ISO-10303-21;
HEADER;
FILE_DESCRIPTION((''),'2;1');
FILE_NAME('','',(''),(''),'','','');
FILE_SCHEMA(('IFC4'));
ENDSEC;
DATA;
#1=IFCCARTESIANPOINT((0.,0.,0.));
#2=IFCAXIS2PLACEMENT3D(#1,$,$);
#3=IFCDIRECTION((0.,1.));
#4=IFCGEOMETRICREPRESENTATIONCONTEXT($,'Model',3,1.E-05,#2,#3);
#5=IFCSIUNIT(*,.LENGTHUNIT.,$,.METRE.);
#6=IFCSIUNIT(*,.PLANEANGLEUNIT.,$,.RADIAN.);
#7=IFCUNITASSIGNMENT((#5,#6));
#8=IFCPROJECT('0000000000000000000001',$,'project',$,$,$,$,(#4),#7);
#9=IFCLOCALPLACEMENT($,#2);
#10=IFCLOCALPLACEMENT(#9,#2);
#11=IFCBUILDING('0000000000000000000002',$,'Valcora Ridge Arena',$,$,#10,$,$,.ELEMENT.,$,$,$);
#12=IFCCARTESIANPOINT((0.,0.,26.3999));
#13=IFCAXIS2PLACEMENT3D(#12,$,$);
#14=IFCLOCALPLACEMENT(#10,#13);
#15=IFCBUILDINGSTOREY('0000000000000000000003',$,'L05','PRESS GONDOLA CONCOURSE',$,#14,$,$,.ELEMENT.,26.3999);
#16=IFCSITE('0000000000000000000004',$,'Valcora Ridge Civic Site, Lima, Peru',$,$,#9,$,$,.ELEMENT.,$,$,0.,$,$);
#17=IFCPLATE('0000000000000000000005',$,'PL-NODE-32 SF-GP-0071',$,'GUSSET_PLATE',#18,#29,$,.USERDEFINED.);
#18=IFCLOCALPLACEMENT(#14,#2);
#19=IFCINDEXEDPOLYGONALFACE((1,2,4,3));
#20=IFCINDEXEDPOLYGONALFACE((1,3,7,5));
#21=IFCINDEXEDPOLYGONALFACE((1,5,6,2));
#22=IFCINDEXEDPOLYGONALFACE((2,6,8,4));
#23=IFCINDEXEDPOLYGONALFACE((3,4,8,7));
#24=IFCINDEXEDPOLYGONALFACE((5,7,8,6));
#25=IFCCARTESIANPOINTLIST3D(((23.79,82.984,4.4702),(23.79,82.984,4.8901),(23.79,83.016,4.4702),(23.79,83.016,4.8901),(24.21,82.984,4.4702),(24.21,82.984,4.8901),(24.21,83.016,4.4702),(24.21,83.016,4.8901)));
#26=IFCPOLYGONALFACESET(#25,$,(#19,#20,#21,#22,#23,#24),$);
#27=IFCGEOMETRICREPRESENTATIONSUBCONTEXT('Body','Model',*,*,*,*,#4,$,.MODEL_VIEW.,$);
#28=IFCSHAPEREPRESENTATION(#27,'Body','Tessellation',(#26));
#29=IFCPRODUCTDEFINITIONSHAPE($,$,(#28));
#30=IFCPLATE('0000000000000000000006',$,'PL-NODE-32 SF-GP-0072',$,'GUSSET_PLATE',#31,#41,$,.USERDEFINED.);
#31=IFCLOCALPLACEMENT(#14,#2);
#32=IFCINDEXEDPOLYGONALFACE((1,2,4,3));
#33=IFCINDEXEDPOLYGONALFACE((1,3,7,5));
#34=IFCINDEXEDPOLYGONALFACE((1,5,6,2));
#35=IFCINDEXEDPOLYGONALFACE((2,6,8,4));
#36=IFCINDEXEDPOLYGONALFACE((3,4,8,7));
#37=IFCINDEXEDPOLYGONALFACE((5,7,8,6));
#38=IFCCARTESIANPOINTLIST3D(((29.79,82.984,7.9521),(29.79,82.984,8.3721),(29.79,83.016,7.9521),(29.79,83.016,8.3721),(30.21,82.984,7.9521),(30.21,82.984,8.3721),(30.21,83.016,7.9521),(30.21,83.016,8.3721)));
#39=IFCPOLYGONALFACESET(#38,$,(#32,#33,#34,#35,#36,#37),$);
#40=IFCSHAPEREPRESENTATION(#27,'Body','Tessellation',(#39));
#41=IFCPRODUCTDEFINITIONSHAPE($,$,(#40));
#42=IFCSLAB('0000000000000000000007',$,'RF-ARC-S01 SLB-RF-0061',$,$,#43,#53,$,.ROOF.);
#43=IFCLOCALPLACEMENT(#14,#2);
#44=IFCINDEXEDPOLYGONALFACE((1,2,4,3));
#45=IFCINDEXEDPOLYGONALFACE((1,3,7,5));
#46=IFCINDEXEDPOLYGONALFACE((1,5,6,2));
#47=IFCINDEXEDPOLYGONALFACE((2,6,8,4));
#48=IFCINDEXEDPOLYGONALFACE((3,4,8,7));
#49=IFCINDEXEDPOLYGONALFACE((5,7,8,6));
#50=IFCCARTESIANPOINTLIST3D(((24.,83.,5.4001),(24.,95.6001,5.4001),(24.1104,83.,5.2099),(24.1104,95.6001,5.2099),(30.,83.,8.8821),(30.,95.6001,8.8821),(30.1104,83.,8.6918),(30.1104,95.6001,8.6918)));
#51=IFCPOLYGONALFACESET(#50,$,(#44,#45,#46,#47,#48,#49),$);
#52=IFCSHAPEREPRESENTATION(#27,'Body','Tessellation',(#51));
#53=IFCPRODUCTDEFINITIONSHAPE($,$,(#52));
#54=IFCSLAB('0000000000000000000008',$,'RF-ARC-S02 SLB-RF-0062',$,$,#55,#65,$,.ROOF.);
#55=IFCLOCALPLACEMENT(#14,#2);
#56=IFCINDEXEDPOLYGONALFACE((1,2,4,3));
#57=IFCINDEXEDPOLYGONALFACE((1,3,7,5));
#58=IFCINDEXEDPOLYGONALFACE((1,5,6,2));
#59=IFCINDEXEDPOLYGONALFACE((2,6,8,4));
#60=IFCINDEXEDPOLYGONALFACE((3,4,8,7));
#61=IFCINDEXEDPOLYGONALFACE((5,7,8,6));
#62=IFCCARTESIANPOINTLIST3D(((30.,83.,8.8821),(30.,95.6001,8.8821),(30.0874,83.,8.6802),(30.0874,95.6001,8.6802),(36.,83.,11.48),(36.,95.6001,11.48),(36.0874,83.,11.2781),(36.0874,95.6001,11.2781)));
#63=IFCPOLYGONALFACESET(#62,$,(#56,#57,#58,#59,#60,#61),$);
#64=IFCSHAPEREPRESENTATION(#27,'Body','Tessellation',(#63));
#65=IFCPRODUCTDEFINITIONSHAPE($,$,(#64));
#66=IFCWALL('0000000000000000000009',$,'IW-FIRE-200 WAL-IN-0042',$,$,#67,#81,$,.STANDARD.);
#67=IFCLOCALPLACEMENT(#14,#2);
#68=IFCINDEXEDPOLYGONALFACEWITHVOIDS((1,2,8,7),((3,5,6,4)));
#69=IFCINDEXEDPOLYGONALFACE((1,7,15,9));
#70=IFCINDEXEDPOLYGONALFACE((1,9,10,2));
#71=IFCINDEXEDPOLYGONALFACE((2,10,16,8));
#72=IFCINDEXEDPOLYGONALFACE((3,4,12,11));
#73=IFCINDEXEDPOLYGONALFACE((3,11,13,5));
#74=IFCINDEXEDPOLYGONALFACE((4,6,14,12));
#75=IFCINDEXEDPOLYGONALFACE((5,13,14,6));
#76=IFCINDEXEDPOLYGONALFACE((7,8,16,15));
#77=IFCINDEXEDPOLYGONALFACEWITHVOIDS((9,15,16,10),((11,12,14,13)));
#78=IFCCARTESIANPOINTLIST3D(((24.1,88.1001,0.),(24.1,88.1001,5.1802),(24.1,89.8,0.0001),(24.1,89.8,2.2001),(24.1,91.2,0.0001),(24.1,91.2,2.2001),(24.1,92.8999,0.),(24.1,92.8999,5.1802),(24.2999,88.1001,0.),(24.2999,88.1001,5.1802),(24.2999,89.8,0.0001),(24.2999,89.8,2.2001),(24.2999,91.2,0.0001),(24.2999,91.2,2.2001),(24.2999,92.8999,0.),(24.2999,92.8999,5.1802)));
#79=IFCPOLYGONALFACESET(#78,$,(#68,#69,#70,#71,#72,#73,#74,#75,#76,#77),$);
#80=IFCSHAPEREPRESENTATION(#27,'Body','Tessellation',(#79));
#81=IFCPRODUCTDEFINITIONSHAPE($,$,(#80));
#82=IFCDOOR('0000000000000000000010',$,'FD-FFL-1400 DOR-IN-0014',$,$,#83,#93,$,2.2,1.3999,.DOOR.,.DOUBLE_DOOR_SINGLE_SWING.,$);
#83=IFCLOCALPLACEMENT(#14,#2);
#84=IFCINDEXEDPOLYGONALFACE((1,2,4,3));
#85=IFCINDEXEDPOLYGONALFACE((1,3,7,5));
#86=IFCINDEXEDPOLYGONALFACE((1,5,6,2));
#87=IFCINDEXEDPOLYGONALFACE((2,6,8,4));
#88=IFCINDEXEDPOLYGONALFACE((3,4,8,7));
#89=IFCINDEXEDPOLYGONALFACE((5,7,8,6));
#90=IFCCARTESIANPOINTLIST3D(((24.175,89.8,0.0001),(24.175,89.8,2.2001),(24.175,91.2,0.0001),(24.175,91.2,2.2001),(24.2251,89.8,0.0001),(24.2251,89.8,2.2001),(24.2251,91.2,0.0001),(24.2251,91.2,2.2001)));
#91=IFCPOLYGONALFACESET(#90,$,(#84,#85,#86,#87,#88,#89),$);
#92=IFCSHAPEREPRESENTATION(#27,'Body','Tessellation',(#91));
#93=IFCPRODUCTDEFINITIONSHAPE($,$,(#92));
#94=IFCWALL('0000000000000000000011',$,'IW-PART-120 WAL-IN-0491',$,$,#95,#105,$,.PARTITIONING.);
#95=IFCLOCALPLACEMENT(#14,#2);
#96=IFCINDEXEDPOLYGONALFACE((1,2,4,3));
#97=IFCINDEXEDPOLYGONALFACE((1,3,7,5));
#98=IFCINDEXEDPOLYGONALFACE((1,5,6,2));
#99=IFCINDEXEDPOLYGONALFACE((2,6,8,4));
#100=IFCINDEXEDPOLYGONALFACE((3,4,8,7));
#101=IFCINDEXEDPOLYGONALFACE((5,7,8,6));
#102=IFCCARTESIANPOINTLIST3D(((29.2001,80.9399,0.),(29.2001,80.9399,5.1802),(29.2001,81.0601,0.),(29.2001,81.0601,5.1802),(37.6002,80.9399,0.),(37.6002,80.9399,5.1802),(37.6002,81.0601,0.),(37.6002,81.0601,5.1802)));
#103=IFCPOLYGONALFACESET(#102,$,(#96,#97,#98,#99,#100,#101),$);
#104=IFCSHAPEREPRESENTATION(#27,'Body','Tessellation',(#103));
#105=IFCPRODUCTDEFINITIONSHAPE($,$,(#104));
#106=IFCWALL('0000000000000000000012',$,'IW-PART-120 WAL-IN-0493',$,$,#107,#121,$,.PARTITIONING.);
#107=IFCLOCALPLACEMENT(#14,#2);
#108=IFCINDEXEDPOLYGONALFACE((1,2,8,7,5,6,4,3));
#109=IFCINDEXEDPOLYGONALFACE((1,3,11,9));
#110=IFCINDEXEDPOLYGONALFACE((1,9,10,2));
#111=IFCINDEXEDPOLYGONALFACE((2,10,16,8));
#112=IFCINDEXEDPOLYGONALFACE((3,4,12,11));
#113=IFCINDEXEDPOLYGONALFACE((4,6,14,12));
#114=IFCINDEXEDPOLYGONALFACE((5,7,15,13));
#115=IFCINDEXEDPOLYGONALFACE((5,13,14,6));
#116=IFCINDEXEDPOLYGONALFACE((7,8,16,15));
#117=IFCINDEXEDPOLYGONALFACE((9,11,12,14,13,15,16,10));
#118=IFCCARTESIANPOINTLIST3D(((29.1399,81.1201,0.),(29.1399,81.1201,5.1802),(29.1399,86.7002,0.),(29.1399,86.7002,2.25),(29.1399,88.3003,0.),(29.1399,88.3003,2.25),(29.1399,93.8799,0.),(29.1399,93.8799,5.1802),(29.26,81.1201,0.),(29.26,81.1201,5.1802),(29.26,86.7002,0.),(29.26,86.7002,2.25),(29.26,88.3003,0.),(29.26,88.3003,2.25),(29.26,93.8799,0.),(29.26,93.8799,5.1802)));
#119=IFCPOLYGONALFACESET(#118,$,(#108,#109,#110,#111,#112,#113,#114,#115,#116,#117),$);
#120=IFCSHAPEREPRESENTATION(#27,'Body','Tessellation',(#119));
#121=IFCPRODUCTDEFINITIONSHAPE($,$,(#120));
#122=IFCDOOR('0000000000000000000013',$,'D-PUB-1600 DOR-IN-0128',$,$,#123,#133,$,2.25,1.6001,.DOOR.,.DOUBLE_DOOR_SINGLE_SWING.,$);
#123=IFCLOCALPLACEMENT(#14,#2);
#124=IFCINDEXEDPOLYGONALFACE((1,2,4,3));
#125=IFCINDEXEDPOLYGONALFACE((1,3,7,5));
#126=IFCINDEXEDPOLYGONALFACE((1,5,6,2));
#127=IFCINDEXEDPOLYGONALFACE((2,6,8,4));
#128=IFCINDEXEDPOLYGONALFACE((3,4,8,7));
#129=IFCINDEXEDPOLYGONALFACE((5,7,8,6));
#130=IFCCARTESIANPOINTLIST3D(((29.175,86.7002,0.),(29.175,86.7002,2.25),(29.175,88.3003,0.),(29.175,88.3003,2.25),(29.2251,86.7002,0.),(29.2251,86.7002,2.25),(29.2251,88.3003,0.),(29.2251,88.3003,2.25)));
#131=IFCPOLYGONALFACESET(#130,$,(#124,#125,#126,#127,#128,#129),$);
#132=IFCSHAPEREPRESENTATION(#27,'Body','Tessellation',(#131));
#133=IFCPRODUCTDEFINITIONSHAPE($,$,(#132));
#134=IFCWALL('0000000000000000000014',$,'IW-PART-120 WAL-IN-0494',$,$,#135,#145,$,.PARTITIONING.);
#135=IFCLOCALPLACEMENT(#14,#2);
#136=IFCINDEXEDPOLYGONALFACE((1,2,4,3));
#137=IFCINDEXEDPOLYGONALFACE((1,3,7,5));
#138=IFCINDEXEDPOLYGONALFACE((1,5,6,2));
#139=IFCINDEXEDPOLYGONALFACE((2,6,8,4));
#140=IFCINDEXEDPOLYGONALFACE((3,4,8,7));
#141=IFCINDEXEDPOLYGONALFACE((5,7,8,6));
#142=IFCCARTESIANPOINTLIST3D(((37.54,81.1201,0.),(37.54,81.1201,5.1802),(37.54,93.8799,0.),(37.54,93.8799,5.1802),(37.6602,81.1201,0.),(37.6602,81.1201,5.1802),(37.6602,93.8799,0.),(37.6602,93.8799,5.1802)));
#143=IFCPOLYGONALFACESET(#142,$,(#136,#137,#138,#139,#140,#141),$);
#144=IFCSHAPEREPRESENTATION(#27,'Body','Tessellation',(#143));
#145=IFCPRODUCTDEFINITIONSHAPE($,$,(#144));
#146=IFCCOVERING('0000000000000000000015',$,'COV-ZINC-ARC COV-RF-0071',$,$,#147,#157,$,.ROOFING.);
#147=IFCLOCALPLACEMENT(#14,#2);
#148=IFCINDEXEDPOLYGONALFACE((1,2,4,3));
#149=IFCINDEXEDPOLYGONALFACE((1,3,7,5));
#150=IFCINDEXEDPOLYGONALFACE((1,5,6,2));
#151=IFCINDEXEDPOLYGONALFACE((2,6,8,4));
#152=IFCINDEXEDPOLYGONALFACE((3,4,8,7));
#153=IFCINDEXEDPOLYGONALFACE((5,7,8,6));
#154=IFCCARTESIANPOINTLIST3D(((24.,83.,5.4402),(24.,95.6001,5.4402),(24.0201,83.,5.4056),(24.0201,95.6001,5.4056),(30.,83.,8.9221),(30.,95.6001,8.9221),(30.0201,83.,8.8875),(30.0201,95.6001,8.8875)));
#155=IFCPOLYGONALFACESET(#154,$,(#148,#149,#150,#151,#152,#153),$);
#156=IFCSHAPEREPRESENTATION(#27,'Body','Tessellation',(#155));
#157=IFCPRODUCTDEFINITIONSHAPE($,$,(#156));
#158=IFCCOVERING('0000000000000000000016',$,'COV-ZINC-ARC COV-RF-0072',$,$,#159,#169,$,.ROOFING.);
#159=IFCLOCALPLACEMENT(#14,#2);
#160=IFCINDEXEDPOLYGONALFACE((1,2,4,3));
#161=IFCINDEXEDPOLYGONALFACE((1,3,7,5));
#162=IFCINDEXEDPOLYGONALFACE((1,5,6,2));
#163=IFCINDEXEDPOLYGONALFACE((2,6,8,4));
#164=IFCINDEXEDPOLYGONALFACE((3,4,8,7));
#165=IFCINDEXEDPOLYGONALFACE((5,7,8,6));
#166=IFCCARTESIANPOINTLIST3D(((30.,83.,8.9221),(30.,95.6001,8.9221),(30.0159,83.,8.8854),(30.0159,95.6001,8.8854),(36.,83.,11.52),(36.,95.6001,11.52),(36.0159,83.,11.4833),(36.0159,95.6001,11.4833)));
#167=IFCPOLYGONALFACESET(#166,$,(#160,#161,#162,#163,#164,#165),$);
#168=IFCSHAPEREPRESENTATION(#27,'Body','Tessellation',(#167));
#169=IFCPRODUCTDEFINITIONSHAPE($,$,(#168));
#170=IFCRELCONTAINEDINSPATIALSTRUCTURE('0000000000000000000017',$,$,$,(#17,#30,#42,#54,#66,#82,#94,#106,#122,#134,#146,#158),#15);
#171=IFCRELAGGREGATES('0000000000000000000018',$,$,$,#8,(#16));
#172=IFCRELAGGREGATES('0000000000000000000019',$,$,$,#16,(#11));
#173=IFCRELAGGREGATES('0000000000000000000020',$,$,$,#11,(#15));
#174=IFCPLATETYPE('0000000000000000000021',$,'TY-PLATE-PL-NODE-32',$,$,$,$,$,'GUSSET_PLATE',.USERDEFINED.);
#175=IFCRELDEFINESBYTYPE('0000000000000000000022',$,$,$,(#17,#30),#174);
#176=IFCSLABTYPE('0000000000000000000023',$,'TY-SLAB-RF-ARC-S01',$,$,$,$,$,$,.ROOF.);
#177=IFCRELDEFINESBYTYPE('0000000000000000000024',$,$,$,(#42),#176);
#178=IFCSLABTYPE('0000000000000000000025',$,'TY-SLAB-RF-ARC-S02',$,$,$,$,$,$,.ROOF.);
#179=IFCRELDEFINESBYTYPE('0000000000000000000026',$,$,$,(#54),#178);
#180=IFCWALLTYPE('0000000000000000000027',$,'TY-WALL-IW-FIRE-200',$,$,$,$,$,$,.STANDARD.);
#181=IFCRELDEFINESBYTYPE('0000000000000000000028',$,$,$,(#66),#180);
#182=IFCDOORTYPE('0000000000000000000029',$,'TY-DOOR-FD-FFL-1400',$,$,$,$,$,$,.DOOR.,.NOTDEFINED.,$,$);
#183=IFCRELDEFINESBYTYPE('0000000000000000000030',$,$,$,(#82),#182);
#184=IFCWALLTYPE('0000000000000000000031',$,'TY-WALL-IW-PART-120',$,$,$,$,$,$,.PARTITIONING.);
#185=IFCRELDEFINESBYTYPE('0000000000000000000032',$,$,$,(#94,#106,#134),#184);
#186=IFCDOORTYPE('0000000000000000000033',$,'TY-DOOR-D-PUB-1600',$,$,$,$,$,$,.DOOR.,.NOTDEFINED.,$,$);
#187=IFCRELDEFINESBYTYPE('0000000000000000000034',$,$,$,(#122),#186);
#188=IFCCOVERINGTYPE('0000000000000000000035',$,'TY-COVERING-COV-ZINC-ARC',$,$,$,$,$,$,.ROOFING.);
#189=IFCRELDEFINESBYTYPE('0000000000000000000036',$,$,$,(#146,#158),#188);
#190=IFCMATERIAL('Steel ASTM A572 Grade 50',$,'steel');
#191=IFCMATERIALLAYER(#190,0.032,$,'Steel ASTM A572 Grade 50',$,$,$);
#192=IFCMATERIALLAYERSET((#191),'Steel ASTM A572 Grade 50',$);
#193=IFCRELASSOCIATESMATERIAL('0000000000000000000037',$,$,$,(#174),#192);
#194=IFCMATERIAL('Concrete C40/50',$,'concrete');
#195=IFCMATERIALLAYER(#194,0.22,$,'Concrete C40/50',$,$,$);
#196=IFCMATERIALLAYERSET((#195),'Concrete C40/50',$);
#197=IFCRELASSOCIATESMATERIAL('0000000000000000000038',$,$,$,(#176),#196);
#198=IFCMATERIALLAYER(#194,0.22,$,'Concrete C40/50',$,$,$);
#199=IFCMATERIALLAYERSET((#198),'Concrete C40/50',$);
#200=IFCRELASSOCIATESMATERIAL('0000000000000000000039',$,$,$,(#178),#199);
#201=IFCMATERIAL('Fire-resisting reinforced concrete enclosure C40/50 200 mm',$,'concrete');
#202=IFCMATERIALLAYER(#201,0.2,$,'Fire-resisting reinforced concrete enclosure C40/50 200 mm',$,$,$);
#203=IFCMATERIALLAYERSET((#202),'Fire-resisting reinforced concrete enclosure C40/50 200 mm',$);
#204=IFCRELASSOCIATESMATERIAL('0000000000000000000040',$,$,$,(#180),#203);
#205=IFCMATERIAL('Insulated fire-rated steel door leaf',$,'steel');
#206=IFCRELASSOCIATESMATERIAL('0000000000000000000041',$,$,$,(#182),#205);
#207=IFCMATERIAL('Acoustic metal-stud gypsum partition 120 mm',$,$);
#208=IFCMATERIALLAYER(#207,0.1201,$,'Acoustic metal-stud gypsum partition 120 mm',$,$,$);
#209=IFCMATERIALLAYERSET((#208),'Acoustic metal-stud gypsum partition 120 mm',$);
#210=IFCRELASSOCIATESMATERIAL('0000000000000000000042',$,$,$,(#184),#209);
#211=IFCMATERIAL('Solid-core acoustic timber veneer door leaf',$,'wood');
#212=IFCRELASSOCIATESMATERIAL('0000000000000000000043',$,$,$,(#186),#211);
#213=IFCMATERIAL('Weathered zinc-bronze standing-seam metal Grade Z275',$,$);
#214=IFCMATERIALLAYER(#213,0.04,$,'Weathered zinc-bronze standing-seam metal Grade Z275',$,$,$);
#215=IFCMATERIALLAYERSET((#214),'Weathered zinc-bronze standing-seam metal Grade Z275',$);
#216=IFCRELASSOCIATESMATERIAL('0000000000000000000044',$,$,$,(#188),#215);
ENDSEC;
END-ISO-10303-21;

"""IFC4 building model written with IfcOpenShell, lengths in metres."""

from ifc_helpers import new_model, si_unit, direction, frame, frame_2d, origin, origin_2d, place, context, subcontext, project, spatial, polyline, rectangle, outline, extrude, material, layer, layer_set, type_object, element, fill, save


model = new_model("IFC4")

# Units and contexts
model_context = context("Model", 3, precision=1e-05, world=origin(), true_north=direction((0.0, 1.0)))
body_context = subcontext(model_context, "Body", "Model", "MODEL_VIEW")
ifc_project = project(units=[si_unit("LENGTHUNIT", "METRE"), si_unit("PLANEANGLEUNIT", "RADIAN")], contexts=[model_context])

# Site, building, storey
site_placement = place(None, origin())
site = spatial("IfcSite", under=ifc_project, at=site_placement, Name="Valcora Ridge Civic Site, Lima, Peru", CompositionType="ELEMENT", RefElevation=0.0)
building_placement = place(site_placement, origin())
building = spatial("IfcBuilding", under=site, at=building_placement, Name="Valcora Ridge Arena", CompositionType="ELEMENT")
storey_placement = place(building_placement, frame((0.0, 0.0, 26.3999)))
storey = spatial("IfcBuildingStorey", under=building, at=storey_placement, Name="L05", Description="PRESS GONDOLA CONCOURSE", CompositionType="ELEMENT", Elevation=26.3999)

# Shared definitions
ifc_material_1 = material(Name="Steel ASTM A572 Grade 50", Category="steel")

# Plates
ifc_layer_1 = layer(ifc_material_1, 0.032, Name="Steel ASTM A572 Grade 50")
ifc_layer_set_1 = layer_set([ifc_layer_1], Name="Steel ASTM A572 Grade 50")
plate_type_1 = type_object("IfcPlateType", Name="TY-PLATE-PL-NODE-32", ElementType="GUSSET_PLATE", PredefinedType="USERDEFINED", material=ifc_layer_set_1)
for number, where, z_axis, x_axis, name in (
    (1, (24.0, 83.0, 4.4702), (0.0, 0.0, 1.0), (1.0, 0.0, 0.0), "PL-NODE-32 SF-GP-0071"),
    (2, (30.0, 83.0, 7.9521), (0.0, 0.0, 1.0), (1.0, 0.0, 0.0), "PL-NODE-32 SF-GP-0072"),
):
    element("IfcPlate", number, at=place(storey_placement, frame(where, z_axis=z_axis, x_axis=x_axis)), inside=storey, type_object=plate_type_1, Name=name, ObjectType="GUSSET_PLATE", PredefinedType="USERDEFINED", context=body_context, shape_type="SweptSolid", body=[
        extrude(rectangle(XDim=0.4199, YDim=0.032, at=origin_2d()), origin(), (0.0, 0.0, 1.0), 0.4199),
    ])

# Slabs
ifc_material_2 = material(Name="Concrete C40/50", Category="concrete")
ifc_layer_2 = layer(ifc_material_2, 0.22, Name="Concrete C40/50")
ifc_layer_set_2 = layer_set([ifc_layer_2], Name="Concrete C40/50")
slab_type_1 = type_object("IfcSlabType", Name="TY-SLAB-RF-ARC-S01", PredefinedType="ROOF", material=ifc_layer_set_2)
slab_1_placement = place(storey_placement, frame((24.0, 83.0, 5.4001), z_axis=(-0.501927, 0.0, 0.86491), x_axis=(0.86491, 0.0, 0.501927)))
element("IfcSlab", 3, at=slab_1_placement, inside=storey, type_object=slab_type_1, Name="RF-ARC-S01 SLB-RF-0061", PredefinedType="ROOF", context=body_context, shape_type="SweptSolid", body=[
    extrude(outline(polyline([(0.0, 0.0), (6.9371, 0.0), (6.9371, 12.6001), (0.0, 12.6001), (0.0, 0.0)])), origin(), (0.0, 0.0, -1.0), 0.22),
])
ifc_layer_3 = layer(ifc_material_2, 0.22, Name="Concrete C40/50")
ifc_layer_set_3 = layer_set([ifc_layer_3], Name="Concrete C40/50")
slab_type_2 = type_object("IfcSlabType", Name="TY-SLAB-RF-ARC-S02", PredefinedType="ROOF", material=ifc_layer_set_3)
slab_2_placement = place(storey_placement, frame((30.0, 83.0, 8.8821), z_axis=(-0.397337, 0.0, 0.917673), x_axis=(0.917673, 0.0, 0.397337)))
element("IfcSlab", 4, at=slab_2_placement, inside=storey, type_object=slab_type_2, Name="RF-ARC-S02 SLB-RF-0062", PredefinedType="ROOF", context=body_context, shape_type="SweptSolid", body=[
    extrude(outline(polyline([(0.0, 0.0), (6.5383, 0.0), (6.5383, 12.6001), (0.0, 12.6001), (0.0, 0.0)])), origin(), (0.0, 0.0, -1.0), 0.22),
])

# Wall, opening, door
ifc_material_3 = material(Name="Fire-resisting reinforced concrete enclosure C40/50 200 mm", Category="concrete")
ifc_layer_4 = layer(ifc_material_3, 0.2, Name="Fire-resisting reinforced concrete enclosure C40/50 200 mm")
ifc_layer_set_4 = layer_set([ifc_layer_4], Name="Fire-resisting reinforced concrete enclosure C40/50 200 mm")
wall_type_1 = type_object("IfcWallType", Name="TY-WALL-IW-FIRE-200", PredefinedType="STANDARD", material=ifc_layer_set_4)
wall_1_placement = place(storey_placement, frame((24.2, 88.1001, 0.0), z_axis=(0.0, 0.0, 1.0), x_axis=(0.0, 1.0, 0.0)))
wall_1 = element("IfcWall", 5, at=wall_1_placement, inside=storey, type_object=wall_type_1, Name="IW-FIRE-200 WAL-IN-0042", PredefinedType="STANDARD", context=body_context, shape_type="SweptSolid", body=[
    extrude(rectangle(XDim=4.7998, YDim=0.2, at=frame_2d((2.3999, 0.0))), origin(), (0.0, 0.0, 1.0), 5.1802),
])
opening_1_placement = place(wall_1_placement, frame((1.7, 0.0, 0.0)))
opening_1 = element("IfcOpeningElement", 6, at=opening_1_placement, cuts=wall_1, PredefinedType="OPENING", context=body_context, shape_type="SweptSolid", body=[
    extrude(rectangle(XDim=1.3999, YDim=2.2, at=frame_2d((0.7, 1.1001))), frame((0.0, 0.1099, 0.0), z_axis=(0.0, -1.0, 0.0), x_axis=(1.0, 0.0, 0.0)), (0.0, 0.0, 1.0), 0.22),
])
ifc_material_4 = material(Name="Insulated fire-rated steel door leaf", Category="steel")
door_type_1 = type_object("IfcDoorType", Name="TY-DOOR-FD-FFL-1400", OperationType="NOTDEFINED", PredefinedType="DOOR", material=ifc_material_4)
door_1_placement = place(opening_1_placement, origin())
door_1 = element("IfcDoor", 7, at=door_1_placement, inside=storey, type_object=door_type_1, Name="FD-FFL-1400 DOR-IN-0014", OperationType="DOUBLE_DOOR_SINGLE_SWING", OverallHeight=2.2, OverallWidth=1.3999, PredefinedType="DOOR", context=body_context, shape_type="SweptSolid", body=[
    extrude(rectangle(XDim=1.3999, YDim=2.2, at=frame_2d((0.7, 1.1001))), frame((0.0, 0.0249, 0.0), z_axis=(0.0, -1.0, 0.0), x_axis=(1.0, 0.0, 0.0)), (0.0, 0.0, 1.0), 0.05),
])
fill(opening_1, door_1)

# Wall
ifc_material_5 = material(Name="Acoustic metal-stud gypsum partition 120 mm")
ifc_layer_5 = layer(ifc_material_5, 0.1201, Name="Acoustic metal-stud gypsum partition 120 mm")
ifc_layer_set_5 = layer_set([ifc_layer_5], Name="Acoustic metal-stud gypsum partition 120 mm")
wall_type_2 = type_object("IfcWallType", Name="TY-WALL-IW-PART-120", PredefinedType="PARTITIONING", material=ifc_layer_set_5)
wall_2_placement = place(storey_placement, frame((29.2, 81.0, 0.0), z_axis=(0.0, 0.0, 1.0), x_axis=(1.0, 0.0, 0.0)))
element("IfcWall", 8, at=wall_2_placement, inside=storey, type_object=wall_type_2, Name="IW-PART-120 WAL-IN-0491", PredefinedType="PARTITIONING", context=body_context, shape_type="SweptSolid", body=[
    extrude(rectangle(XDim=8.4001, YDim=0.1201, at=frame_2d((4.2002, 0.0))), origin(), (0.0, 0.0, 1.0), 5.1802),
])

# Wall, opening, door
wall_3_placement = place(storey_placement, frame((29.2, 81.1201, 0.0), z_axis=(0.0, 0.0, 1.0), x_axis=(0.0, 1.0, 0.0)))
wall_3 = element("IfcWall", 9, at=wall_3_placement, inside=storey, type_object=wall_type_2, Name="IW-PART-120 WAL-IN-0493", PredefinedType="PARTITIONING", context=body_context, shape_type="SweptSolid", body=[
    extrude(rectangle(XDim=12.7598, YDim=0.1201, at=frame_2d((6.3799, 0.0))), origin(), (0.0, 0.0, 1.0), 5.1802),
])
opening_2_placement = place(wall_3_placement, frame((5.5801, 0.0, 0.0)))
opening_2 = element("IfcOpeningElement", 10, at=opening_2_placement, cuts=wall_3, PredefinedType="OPENING", context=body_context, shape_type="SweptSolid", body=[
    extrude(rectangle(XDim=1.6001, YDim=2.25, at=frame_2d((0.8, 1.125))), frame((0.0, 0.0701, 0.0), z_axis=(0.0, -1.0, 0.0), x_axis=(1.0, 0.0, 0.0)), (0.0, 0.0, 1.0), 0.1401),
])
ifc_material_6 = material(Name="Solid-core acoustic timber veneer door leaf", Category="wood")
door_type_2 = type_object("IfcDoorType", Name="TY-DOOR-D-PUB-1600", OperationType="NOTDEFINED", PredefinedType="DOOR", material=ifc_material_6)
door_2_placement = place(opening_2_placement, origin())
door_2 = element("IfcDoor", 11, at=door_2_placement, inside=storey, type_object=door_type_2, Name="D-PUB-1600 DOR-IN-0128", OperationType="DOUBLE_DOOR_SINGLE_SWING", OverallHeight=2.25, OverallWidth=1.6001, PredefinedType="DOOR", context=body_context, shape_type="SweptSolid", body=[
    extrude(rectangle(XDim=1.6001, YDim=2.25, at=frame_2d((0.8, 1.125))), frame((0.0, 0.0249, 0.0), z_axis=(0.0, -1.0, 0.0), x_axis=(1.0, 0.0, 0.0)), (0.0, 0.0, 1.0), 0.05),
])
fill(opening_2, door_2)

# Wall
wall_4_placement = place(storey_placement, frame((37.6001, 81.1201, 0.0), z_axis=(0.0, 0.0, 1.0), x_axis=(0.0, 1.0, 0.0)))
element("IfcWall", 12, at=wall_4_placement, inside=storey, type_object=wall_type_2, Name="IW-PART-120 WAL-IN-0494", PredefinedType="PARTITIONING", context=body_context, shape_type="SweptSolid", body=[
    extrude(rectangle(XDim=12.7598, YDim=0.1201, at=frame_2d((6.3799, 0.0))), origin(), (0.0, 0.0, 1.0), 5.1802),
])

# Coverings
ifc_material_7 = material(Name="Weathered zinc-bronze standing-seam metal Grade Z275")
ifc_layer_6 = layer(ifc_material_7, 0.04, Name="Weathered zinc-bronze standing-seam metal Grade Z275")
ifc_layer_set_6 = layer_set([ifc_layer_6], Name="Weathered zinc-bronze standing-seam metal Grade Z275")
covering_type = type_object("IfcCoveringType", Name="TY-COVERING-COV-ZINC-ARC", PredefinedType="ROOFING", material=ifc_layer_set_6)
covering_1_placement = place(storey_placement, frame((24.0, 83.0, 5.4402), z_axis=(-0.501927, 0.0, 0.86491), x_axis=(0.86491, 0.0, 0.501927)))
element("IfcCovering", 13, at=covering_1_placement, inside=storey, type_object=covering_type, Name="COV-ZINC-ARC COV-RF-0071", PredefinedType="ROOFING", context=body_context, shape_type="SweptSolid", body=[
    extrude(outline(polyline([(0.0, 0.0), (6.9371, 0.0), (6.9371, 12.6001), (0.0, 12.6001), (0.0, 0.0)])), origin(), (0.0, 0.0, -1.0), 0.04),
])
covering_2_placement = place(storey_placement, frame((30.0, 83.0, 8.9221), z_axis=(-0.397337, 0.0, 0.917673), x_axis=(0.917673, 0.0, 0.397337)))
element("IfcCovering", 14, at=covering_2_placement, inside=storey, type_object=covering_type, Name="COV-ZINC-ARC COV-RF-0072", PredefinedType="ROOFING", context=body_context, shape_type="SweptSolid", body=[
    extrude(outline(polyline([(0.0, 0.0), (6.5383, 0.0), (6.5383, 12.6001), (0.0, 12.6001), (0.0, 0.0)])), origin(), (0.0, 0.0, -1.0), 0.04),
])

save(model, "model.ifc")
